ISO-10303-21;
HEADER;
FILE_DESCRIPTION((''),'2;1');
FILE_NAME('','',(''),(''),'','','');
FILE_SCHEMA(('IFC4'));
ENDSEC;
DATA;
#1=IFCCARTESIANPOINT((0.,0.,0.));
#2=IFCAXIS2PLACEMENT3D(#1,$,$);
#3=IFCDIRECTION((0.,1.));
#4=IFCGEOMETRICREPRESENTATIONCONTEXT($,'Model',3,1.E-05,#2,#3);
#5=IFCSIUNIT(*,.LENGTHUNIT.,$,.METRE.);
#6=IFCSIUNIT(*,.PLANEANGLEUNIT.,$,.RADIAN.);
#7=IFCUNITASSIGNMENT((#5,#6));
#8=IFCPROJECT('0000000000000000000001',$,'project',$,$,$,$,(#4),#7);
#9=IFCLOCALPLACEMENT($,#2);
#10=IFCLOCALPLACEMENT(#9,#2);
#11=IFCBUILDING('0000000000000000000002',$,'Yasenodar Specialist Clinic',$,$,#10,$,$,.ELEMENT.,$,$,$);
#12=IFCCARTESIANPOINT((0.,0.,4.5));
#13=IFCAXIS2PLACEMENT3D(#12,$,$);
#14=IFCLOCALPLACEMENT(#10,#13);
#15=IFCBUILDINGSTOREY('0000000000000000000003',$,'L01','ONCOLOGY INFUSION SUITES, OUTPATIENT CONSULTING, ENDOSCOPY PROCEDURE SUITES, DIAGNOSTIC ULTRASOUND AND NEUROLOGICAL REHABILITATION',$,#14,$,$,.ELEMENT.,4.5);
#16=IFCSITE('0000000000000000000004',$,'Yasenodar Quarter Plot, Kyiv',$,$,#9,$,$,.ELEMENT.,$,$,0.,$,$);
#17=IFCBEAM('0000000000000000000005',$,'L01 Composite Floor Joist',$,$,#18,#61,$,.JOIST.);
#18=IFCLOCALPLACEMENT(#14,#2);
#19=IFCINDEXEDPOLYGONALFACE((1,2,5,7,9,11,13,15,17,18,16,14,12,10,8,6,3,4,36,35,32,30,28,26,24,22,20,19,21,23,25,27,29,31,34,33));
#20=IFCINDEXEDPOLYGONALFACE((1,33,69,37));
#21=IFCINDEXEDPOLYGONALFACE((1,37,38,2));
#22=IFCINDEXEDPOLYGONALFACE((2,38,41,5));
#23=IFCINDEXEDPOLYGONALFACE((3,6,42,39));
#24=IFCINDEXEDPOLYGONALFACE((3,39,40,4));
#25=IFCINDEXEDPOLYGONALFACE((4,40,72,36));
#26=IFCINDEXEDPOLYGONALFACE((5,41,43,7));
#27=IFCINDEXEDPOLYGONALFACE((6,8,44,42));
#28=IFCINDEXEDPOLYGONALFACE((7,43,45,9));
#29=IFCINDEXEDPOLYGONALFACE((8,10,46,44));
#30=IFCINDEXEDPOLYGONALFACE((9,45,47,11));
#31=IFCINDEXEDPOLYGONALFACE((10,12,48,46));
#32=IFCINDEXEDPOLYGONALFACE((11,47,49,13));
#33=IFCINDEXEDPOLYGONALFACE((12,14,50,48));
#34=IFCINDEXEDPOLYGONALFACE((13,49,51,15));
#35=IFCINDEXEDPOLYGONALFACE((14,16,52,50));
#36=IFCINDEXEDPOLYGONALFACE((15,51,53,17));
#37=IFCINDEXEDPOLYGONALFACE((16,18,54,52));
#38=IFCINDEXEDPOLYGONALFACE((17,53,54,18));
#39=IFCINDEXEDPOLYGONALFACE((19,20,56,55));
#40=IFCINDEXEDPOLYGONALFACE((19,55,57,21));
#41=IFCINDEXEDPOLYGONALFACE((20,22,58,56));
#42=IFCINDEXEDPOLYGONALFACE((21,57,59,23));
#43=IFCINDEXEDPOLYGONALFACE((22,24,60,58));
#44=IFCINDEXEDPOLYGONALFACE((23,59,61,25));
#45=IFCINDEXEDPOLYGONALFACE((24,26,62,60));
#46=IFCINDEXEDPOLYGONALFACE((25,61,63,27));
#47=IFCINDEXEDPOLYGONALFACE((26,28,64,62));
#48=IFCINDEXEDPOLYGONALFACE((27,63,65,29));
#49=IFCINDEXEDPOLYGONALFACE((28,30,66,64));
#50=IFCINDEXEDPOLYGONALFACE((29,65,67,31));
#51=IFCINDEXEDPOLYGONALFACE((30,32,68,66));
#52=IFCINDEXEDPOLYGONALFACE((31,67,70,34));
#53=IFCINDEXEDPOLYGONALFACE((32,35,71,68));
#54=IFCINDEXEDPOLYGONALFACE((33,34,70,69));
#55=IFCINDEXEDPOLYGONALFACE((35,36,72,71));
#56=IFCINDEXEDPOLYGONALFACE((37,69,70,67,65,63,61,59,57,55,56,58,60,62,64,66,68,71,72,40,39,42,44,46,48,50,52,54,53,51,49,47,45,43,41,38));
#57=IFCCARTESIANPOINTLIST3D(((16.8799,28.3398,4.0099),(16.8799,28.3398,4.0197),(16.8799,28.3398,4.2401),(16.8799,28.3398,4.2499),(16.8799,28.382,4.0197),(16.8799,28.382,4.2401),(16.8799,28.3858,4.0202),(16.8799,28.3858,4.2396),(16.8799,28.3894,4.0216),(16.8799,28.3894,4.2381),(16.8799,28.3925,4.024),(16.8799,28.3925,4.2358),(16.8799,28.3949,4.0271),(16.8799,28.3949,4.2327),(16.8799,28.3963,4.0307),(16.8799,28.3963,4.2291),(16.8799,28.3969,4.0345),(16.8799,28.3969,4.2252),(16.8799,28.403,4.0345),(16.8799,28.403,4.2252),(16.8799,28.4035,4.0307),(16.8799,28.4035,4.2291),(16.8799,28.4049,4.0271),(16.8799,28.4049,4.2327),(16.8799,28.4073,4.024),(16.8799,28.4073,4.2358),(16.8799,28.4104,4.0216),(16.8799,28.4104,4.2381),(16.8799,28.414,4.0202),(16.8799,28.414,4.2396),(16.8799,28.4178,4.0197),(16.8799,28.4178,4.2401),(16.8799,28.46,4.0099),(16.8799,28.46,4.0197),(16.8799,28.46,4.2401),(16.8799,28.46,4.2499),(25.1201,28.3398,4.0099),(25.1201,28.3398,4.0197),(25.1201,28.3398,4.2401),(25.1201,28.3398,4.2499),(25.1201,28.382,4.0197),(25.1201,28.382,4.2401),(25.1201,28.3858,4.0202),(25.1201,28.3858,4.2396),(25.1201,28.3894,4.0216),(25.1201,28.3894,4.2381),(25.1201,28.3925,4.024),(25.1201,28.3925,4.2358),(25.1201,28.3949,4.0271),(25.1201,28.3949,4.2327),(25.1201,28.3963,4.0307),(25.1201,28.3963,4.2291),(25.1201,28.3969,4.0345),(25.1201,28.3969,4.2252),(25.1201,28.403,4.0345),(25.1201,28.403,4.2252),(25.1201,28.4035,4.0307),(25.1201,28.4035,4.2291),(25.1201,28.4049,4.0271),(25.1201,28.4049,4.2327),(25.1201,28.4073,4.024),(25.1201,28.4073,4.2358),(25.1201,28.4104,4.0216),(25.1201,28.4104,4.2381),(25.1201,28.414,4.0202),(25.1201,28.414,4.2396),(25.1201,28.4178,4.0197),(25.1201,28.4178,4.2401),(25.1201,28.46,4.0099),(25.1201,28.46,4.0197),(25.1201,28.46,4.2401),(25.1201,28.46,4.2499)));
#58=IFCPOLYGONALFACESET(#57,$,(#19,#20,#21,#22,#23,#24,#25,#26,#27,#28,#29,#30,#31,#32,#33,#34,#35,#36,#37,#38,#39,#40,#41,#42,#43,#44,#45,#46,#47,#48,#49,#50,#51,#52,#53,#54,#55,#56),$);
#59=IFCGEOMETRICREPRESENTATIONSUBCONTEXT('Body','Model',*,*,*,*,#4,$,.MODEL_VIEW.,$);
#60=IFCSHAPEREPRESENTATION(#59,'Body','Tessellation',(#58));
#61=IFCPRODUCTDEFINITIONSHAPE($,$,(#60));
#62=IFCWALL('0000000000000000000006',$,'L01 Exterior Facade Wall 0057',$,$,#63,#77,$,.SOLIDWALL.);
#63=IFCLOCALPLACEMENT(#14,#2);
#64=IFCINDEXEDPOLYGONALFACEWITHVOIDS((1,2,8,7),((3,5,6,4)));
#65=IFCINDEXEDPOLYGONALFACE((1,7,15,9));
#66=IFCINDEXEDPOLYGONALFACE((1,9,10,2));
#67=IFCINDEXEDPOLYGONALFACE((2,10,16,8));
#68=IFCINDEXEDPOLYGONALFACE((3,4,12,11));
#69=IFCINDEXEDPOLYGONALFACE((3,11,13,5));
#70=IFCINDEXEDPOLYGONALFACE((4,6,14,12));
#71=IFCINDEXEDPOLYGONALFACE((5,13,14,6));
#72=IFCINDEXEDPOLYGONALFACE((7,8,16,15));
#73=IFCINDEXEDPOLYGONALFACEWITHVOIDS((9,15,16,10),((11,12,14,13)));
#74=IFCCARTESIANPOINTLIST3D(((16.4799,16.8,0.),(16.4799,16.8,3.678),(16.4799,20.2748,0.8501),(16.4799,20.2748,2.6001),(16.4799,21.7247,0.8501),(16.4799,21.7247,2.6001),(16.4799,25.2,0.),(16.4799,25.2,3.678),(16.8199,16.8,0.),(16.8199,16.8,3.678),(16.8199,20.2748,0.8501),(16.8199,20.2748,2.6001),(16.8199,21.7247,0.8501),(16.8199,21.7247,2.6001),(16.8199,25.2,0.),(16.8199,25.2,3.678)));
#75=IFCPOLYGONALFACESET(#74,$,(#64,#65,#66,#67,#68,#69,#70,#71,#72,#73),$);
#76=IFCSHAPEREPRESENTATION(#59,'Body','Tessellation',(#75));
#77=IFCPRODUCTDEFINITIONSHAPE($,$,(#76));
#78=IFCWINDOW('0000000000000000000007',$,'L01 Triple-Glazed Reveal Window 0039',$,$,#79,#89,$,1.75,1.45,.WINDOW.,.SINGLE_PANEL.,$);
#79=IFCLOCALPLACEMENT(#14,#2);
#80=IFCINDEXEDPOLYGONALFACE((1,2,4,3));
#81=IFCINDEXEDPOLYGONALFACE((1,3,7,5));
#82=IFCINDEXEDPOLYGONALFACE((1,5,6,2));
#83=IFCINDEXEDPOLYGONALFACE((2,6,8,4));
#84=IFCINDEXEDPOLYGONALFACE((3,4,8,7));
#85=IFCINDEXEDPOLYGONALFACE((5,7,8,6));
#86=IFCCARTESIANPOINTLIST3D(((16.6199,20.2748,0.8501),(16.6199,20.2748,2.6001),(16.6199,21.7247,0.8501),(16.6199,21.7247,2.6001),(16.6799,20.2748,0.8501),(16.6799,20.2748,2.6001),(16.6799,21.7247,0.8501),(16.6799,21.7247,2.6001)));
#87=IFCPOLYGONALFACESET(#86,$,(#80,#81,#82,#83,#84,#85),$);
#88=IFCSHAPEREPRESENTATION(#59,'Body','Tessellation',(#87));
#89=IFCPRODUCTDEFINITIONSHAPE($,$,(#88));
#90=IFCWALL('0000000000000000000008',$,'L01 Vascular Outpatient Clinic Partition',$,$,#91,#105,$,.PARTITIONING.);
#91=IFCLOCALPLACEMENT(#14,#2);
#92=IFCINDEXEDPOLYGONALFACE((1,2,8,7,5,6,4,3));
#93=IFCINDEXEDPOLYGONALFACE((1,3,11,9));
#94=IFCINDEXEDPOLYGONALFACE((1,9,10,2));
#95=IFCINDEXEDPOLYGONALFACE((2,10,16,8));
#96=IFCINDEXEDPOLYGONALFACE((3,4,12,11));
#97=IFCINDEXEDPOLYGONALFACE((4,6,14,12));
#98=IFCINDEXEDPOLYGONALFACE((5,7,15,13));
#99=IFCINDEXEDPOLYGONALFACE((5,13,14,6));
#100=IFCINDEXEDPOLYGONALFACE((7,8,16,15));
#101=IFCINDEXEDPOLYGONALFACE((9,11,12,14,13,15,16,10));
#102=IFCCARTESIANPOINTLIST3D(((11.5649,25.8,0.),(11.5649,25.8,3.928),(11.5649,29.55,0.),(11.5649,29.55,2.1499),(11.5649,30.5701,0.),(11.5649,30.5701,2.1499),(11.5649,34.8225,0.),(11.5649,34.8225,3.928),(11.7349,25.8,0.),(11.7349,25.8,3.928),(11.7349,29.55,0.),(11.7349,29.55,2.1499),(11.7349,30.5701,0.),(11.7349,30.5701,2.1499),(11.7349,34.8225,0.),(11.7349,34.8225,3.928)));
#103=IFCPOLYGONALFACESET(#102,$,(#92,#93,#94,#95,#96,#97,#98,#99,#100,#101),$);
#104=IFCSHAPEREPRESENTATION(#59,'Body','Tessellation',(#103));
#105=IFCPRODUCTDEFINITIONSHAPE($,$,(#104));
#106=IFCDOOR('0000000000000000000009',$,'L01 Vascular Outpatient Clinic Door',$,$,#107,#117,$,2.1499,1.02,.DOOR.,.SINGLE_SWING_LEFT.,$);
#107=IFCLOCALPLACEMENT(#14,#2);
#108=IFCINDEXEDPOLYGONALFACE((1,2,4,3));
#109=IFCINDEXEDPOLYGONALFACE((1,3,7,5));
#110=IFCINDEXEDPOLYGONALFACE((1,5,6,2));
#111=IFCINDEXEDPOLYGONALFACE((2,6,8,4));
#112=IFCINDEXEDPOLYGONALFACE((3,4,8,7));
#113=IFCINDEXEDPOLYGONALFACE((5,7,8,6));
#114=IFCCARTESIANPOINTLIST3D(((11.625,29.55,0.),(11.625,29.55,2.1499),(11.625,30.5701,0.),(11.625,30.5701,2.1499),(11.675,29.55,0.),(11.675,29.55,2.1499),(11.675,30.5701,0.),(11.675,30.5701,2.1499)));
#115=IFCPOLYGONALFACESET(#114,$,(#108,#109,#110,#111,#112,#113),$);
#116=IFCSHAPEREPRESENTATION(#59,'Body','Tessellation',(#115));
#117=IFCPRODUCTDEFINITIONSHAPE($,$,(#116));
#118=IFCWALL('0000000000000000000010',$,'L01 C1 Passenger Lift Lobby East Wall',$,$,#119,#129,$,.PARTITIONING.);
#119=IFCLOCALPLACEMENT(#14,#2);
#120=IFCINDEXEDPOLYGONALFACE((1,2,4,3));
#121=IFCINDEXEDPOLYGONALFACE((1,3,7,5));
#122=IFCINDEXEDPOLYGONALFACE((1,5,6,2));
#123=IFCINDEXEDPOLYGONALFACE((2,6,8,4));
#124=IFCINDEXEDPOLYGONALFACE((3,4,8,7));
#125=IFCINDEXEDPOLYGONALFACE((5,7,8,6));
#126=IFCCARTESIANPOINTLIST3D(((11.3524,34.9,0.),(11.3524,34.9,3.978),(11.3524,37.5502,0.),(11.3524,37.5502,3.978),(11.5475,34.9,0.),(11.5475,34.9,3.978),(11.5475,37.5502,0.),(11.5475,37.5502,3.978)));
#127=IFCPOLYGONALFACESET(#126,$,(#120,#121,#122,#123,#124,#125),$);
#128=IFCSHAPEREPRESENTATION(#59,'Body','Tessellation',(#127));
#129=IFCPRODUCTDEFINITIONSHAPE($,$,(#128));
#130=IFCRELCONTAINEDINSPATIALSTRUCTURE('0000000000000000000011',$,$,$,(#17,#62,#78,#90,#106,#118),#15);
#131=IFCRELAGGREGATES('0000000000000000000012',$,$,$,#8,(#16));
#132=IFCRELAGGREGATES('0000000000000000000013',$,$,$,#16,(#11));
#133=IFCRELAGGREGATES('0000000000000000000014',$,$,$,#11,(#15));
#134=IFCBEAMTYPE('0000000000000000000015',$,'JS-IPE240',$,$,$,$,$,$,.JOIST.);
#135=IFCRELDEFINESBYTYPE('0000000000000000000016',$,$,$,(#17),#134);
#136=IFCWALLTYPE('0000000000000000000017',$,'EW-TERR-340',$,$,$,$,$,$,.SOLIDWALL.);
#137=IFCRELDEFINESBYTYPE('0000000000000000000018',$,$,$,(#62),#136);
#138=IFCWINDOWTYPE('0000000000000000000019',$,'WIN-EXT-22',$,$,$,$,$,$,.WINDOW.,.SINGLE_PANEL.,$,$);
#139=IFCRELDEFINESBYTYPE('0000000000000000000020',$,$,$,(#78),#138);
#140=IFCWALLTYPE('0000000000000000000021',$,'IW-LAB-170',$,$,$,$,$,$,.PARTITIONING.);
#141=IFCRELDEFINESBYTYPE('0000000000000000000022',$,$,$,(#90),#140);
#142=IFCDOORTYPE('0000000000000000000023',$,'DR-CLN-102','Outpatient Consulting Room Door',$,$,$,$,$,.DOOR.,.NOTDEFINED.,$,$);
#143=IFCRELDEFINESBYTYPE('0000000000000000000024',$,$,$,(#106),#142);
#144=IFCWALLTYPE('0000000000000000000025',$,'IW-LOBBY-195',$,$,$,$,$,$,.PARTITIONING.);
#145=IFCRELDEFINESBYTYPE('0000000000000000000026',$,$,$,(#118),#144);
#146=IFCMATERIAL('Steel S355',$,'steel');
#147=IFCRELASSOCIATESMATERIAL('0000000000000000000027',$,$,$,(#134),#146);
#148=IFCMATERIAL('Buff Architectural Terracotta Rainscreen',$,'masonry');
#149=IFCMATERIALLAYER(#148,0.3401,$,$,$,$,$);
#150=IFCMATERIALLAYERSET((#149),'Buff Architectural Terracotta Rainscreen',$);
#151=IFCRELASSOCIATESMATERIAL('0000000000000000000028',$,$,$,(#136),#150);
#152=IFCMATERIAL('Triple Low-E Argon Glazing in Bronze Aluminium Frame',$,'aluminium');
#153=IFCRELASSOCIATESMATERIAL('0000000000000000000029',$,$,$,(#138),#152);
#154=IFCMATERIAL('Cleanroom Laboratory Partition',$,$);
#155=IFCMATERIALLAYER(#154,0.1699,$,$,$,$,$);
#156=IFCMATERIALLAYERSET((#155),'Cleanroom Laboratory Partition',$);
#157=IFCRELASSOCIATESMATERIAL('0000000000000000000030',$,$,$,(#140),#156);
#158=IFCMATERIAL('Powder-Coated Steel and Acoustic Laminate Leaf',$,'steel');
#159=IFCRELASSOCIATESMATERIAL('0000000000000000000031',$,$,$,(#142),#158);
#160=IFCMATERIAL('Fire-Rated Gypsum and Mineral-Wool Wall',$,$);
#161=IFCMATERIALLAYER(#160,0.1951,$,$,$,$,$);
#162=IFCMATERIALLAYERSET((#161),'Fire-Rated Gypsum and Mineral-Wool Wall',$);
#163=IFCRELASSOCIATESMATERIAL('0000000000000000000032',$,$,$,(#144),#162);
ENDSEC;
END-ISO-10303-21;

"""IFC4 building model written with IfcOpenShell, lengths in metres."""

from ifc_helpers import new_model, si_unit, direction, frame, frame_2d, origin, origin_2d, place, context, subcontext, project, spatial, rectangle, i_section, extrude, material, layer, layer_set, material_profile, profile_set, type_object, element, fill, save


model = new_model("IFC4")

# Units and contexts
model_context = context("Model", 3, precision=1e-05, world=origin(), true_north=direction((0.0, 1.0)))
body_context = subcontext(model_context, "Body", "Model", "MODEL_VIEW")
ifc_project = project(units=[si_unit("LENGTHUNIT", "METRE"), si_unit("PLANEANGLEUNIT", "RADIAN")], contexts=[model_context])

# Site, building, storey
site_placement = place(None, origin())
site = spatial("IfcSite", under=ifc_project, at=site_placement, Name="Yasenodar Quarter Plot, Kyiv", CompositionType="ELEMENT", RefElevation=0.0)
building_placement = place(site_placement, origin())
building = spatial("IfcBuilding", under=site, at=building_placement, Name="Yasenodar Specialist Clinic", CompositionType="ELEMENT")
storey_placement = place(building_placement, frame((0.0, 0.0, 4.5)))
storey = spatial("IfcBuildingStorey", under=building, at=storey_placement, Name="L01", Description="ONCOLOGY INFUSION SUITES, OUTPATIENT CONSULTING, ENDOSCOPY PROCEDURE SUITES, DIAGNOSTIC ULTRASOUND AND NEUROLOGICAL REHABILITATION", CompositionType="ELEMENT", Elevation=4.5)

# Shared definitions
ifc_material_1 = material(Name="Steel S355", Category="steel")

# Beam
ifc_material_profile_1 = material_profile(ifc_material_1, i_section(OverallWidth=0.1201, OverallDepth=0.24, WebThickness=0.0061, FlangeThickness=0.0098, FilletRadius=0.0149, at=origin_2d()), Name="IPE 240")
ifc_profile_set_1 = profile_set([ifc_material_profile_1], Name="Steel S355")
beam_type_1 = type_object("IfcBeamType", Name="JS-IPE240", PredefinedType="JOIST", material=ifc_profile_set_1)
beam_1_placement = place(storey_placement, frame((16.8799, 28.3999, 4.1299), z_axis=(1.0, 0.0, 0.0), x_axis=(0.0, 1.0, 0.0)))
element("IfcBeam", 1, at=beam_1_placement, inside=storey, type_object=beam_type_1, Name="L01 Composite Floor Joist", PredefinedType="JOIST", context=body_context, shape_type="SweptSolid", body=[
    extrude(i_section(OverallWidth=0.1201, OverallDepth=0.24, WebThickness=0.0061, FlangeThickness=0.0098, FilletRadius=0.0149, at=origin_2d()), origin(), (0.0, 0.0, 1.0), 8.2402),
])

# Wall, opening, window
ifc_material_2 = material(Name="Buff Architectural Terracotta Rainscreen", Category="masonry")
ifc_layer_1 = layer(ifc_material_2, 0.3401)
ifc_layer_set_1 = layer_set([ifc_layer_1], Name="Buff Architectural Terracotta Rainscreen")
wall_type_1 = type_object("IfcWallType", Name="EW-TERR-340", PredefinedType="SOLIDWALL", material=ifc_layer_set_1)
wall_1_placement = place(storey_placement, frame((16.6499, 25.2, 0.0), z_axis=(0.0, 0.0, 1.0), x_axis=(0.0, -1.0, 0.0)))
wall_1 = element("IfcWall", 2, at=wall_1_placement, inside=storey, type_object=wall_type_1, Name="L01 Exterior Facade Wall 0057", PredefinedType="SOLIDWALL", context=body_context, shape_type="SweptSolid", body=[
    extrude(rectangle(XDim=8.3999, YDim=0.3401, at=frame_2d((4.2, 0.0))), origin(), (0.0, 0.0, 1.0), 3.678),
])
opening_1_placement = place(wall_1_placement, frame((3.4751, 0.0, 0.8501)))
opening_1 = element("IfcOpeningElement", 3, at=opening_1_placement, cuts=wall_1, PredefinedType="OPENING", context=body_context, shape_type="SweptSolid", body=[
    extrude(rectangle(XDim=1.45, YDim=1.75, at=frame_2d((0.7251, 0.875))), frame((0.0, 0.1802, 0.0), z_axis=(0.0, -1.0, 0.0), x_axis=(1.0, 0.0, 0.0)), (0.0, 0.0, 1.0), 0.3601),
])
ifc_material_3 = material(Name="Triple Low-E Argon Glazing in Bronze Aluminium Frame", Category="aluminium")
window_type = type_object("IfcWindowType", Name="WIN-EXT-22", PartitioningType="SINGLE_PANEL", PredefinedType="WINDOW", material=ifc_material_3)
window_placement = place(opening_1_placement, origin())
window = element("IfcWindow", 4, at=window_placement, inside=storey, type_object=window_type, Name="L01 Triple-Glazed Reveal Window 0039", OverallHeight=1.75, OverallWidth=1.45, PartitioningType="SINGLE_PANEL", PredefinedType="WINDOW", context=body_context, shape_type="SweptSolid", body=[
    extrude(rectangle(XDim=1.45, YDim=1.75, at=frame_2d((0.7251, 0.875))), frame((0.0, 0.03, 0.0), z_axis=(0.0, -1.0, 0.0), x_axis=(1.0, 0.0, 0.0)), (0.0, 0.0, 1.0), 0.0601),
])
fill(opening_1, window)

# Wall, opening, door
ifc_material_4 = material(Name="Cleanroom Laboratory Partition")
ifc_layer_2 = layer(ifc_material_4, 0.1699)
ifc_layer_set_2 = layer_set([ifc_layer_2], Name="Cleanroom Laboratory Partition")
wall_type_2 = type_object("IfcWallType", Name="IW-LAB-170", PredefinedType="PARTITIONING", material=ifc_layer_set_2)
wall_2_placement = place(storey_placement, frame((11.6499, 25.8, 0.0), z_axis=(0.0, 0.0, 1.0), x_axis=(0.0, 1.0, 0.0)))
wall_2 = element("IfcWall", 5, at=wall_2_placement, inside=storey, type_object=wall_type_2, Name="L01 Vascular Outpatient Clinic Partition", PredefinedType="PARTITIONING", context=body_context, shape_type="SweptSolid", body=[
    extrude(rectangle(XDim=9.0225, YDim=0.1699, at=frame_2d((4.5112, 0.0))), origin(), (0.0, 0.0, 1.0), 3.928),
])
opening_2_placement = place(wall_2_placement, frame((3.75, 0.0, 0.0)))
opening_2 = element("IfcOpeningElement", 6, at=opening_2_placement, cuts=wall_2, PredefinedType="OPENING", context=body_context, shape_type="SweptSolid", body=[
    extrude(rectangle(XDim=1.02, YDim=2.1499, at=frame_2d((0.51, 1.075))), frame((0.0, 0.095, 0.0), z_axis=(0.0, -1.0, 0.0), x_axis=(1.0, 0.0, 0.0)), (0.0, 0.0, 1.0), 0.1899),
])
ifc_material_5 = material(Name="Powder-Coated Steel and Acoustic Laminate Leaf", Category="steel")
door_type_1 = type_object("IfcDoorType", Name="DR-CLN-102", Description="Outpatient Consulting Room Door", OperationType="NOTDEFINED", PredefinedType="DOOR", material=ifc_material_5)
door_1_placement = place(opening_2_placement, origin())
door_1 = element("IfcDoor", 7, at=door_1_placement, inside=storey, type_object=door_type_1, Name="L01 Vascular Outpatient Clinic Door", OperationType="SINGLE_SWING_LEFT", OverallHeight=2.1499, OverallWidth=1.02, PredefinedType="DOOR", context=body_context, shape_type="SweptSolid", body=[
    extrude(rectangle(XDim=1.02, YDim=2.1499, at=frame_2d((0.51, 1.075))), frame((0.0, 0.0249, 0.0), z_axis=(0.0, -1.0, 0.0), x_axis=(1.0, 0.0, 0.0)), (0.0, 0.0, 1.0), 0.05),
])
fill(opening_2, door_1)

# Wall
ifc_material_6 = material(Name="Fire-Rated Gypsum and Mineral-Wool Wall")
ifc_layer_3 = layer(ifc_material_6, 0.1951)
ifc_layer_set_3 = layer_set([ifc_layer_3], Name="Fire-Rated Gypsum and Mineral-Wool Wall")
wall_type_3 = type_object("IfcWallType", Name="IW-LOBBY-195", PredefinedType="PARTITIONING", material=ifc_layer_set_3)
wall_3_placement = place(storey_placement, frame((11.45, 34.8999, 0.0), z_axis=(0.0, 0.0, 1.0), x_axis=(0.0, 1.0, 0.0)))
element("IfcWall", 8, at=wall_3_placement, inside=storey, type_object=wall_type_3, Name="L01 C1 Passenger Lift Lobby East Wall", PredefinedType="PARTITIONING", context=body_context, shape_type="SweptSolid", body=[
    extrude(rectangle(XDim=2.6501, YDim=0.1951, at=frame_2d((1.3252, 0.0))), origin(), (0.0, 0.0, 1.0), 3.978),
])

save(model, "model.ifc")
